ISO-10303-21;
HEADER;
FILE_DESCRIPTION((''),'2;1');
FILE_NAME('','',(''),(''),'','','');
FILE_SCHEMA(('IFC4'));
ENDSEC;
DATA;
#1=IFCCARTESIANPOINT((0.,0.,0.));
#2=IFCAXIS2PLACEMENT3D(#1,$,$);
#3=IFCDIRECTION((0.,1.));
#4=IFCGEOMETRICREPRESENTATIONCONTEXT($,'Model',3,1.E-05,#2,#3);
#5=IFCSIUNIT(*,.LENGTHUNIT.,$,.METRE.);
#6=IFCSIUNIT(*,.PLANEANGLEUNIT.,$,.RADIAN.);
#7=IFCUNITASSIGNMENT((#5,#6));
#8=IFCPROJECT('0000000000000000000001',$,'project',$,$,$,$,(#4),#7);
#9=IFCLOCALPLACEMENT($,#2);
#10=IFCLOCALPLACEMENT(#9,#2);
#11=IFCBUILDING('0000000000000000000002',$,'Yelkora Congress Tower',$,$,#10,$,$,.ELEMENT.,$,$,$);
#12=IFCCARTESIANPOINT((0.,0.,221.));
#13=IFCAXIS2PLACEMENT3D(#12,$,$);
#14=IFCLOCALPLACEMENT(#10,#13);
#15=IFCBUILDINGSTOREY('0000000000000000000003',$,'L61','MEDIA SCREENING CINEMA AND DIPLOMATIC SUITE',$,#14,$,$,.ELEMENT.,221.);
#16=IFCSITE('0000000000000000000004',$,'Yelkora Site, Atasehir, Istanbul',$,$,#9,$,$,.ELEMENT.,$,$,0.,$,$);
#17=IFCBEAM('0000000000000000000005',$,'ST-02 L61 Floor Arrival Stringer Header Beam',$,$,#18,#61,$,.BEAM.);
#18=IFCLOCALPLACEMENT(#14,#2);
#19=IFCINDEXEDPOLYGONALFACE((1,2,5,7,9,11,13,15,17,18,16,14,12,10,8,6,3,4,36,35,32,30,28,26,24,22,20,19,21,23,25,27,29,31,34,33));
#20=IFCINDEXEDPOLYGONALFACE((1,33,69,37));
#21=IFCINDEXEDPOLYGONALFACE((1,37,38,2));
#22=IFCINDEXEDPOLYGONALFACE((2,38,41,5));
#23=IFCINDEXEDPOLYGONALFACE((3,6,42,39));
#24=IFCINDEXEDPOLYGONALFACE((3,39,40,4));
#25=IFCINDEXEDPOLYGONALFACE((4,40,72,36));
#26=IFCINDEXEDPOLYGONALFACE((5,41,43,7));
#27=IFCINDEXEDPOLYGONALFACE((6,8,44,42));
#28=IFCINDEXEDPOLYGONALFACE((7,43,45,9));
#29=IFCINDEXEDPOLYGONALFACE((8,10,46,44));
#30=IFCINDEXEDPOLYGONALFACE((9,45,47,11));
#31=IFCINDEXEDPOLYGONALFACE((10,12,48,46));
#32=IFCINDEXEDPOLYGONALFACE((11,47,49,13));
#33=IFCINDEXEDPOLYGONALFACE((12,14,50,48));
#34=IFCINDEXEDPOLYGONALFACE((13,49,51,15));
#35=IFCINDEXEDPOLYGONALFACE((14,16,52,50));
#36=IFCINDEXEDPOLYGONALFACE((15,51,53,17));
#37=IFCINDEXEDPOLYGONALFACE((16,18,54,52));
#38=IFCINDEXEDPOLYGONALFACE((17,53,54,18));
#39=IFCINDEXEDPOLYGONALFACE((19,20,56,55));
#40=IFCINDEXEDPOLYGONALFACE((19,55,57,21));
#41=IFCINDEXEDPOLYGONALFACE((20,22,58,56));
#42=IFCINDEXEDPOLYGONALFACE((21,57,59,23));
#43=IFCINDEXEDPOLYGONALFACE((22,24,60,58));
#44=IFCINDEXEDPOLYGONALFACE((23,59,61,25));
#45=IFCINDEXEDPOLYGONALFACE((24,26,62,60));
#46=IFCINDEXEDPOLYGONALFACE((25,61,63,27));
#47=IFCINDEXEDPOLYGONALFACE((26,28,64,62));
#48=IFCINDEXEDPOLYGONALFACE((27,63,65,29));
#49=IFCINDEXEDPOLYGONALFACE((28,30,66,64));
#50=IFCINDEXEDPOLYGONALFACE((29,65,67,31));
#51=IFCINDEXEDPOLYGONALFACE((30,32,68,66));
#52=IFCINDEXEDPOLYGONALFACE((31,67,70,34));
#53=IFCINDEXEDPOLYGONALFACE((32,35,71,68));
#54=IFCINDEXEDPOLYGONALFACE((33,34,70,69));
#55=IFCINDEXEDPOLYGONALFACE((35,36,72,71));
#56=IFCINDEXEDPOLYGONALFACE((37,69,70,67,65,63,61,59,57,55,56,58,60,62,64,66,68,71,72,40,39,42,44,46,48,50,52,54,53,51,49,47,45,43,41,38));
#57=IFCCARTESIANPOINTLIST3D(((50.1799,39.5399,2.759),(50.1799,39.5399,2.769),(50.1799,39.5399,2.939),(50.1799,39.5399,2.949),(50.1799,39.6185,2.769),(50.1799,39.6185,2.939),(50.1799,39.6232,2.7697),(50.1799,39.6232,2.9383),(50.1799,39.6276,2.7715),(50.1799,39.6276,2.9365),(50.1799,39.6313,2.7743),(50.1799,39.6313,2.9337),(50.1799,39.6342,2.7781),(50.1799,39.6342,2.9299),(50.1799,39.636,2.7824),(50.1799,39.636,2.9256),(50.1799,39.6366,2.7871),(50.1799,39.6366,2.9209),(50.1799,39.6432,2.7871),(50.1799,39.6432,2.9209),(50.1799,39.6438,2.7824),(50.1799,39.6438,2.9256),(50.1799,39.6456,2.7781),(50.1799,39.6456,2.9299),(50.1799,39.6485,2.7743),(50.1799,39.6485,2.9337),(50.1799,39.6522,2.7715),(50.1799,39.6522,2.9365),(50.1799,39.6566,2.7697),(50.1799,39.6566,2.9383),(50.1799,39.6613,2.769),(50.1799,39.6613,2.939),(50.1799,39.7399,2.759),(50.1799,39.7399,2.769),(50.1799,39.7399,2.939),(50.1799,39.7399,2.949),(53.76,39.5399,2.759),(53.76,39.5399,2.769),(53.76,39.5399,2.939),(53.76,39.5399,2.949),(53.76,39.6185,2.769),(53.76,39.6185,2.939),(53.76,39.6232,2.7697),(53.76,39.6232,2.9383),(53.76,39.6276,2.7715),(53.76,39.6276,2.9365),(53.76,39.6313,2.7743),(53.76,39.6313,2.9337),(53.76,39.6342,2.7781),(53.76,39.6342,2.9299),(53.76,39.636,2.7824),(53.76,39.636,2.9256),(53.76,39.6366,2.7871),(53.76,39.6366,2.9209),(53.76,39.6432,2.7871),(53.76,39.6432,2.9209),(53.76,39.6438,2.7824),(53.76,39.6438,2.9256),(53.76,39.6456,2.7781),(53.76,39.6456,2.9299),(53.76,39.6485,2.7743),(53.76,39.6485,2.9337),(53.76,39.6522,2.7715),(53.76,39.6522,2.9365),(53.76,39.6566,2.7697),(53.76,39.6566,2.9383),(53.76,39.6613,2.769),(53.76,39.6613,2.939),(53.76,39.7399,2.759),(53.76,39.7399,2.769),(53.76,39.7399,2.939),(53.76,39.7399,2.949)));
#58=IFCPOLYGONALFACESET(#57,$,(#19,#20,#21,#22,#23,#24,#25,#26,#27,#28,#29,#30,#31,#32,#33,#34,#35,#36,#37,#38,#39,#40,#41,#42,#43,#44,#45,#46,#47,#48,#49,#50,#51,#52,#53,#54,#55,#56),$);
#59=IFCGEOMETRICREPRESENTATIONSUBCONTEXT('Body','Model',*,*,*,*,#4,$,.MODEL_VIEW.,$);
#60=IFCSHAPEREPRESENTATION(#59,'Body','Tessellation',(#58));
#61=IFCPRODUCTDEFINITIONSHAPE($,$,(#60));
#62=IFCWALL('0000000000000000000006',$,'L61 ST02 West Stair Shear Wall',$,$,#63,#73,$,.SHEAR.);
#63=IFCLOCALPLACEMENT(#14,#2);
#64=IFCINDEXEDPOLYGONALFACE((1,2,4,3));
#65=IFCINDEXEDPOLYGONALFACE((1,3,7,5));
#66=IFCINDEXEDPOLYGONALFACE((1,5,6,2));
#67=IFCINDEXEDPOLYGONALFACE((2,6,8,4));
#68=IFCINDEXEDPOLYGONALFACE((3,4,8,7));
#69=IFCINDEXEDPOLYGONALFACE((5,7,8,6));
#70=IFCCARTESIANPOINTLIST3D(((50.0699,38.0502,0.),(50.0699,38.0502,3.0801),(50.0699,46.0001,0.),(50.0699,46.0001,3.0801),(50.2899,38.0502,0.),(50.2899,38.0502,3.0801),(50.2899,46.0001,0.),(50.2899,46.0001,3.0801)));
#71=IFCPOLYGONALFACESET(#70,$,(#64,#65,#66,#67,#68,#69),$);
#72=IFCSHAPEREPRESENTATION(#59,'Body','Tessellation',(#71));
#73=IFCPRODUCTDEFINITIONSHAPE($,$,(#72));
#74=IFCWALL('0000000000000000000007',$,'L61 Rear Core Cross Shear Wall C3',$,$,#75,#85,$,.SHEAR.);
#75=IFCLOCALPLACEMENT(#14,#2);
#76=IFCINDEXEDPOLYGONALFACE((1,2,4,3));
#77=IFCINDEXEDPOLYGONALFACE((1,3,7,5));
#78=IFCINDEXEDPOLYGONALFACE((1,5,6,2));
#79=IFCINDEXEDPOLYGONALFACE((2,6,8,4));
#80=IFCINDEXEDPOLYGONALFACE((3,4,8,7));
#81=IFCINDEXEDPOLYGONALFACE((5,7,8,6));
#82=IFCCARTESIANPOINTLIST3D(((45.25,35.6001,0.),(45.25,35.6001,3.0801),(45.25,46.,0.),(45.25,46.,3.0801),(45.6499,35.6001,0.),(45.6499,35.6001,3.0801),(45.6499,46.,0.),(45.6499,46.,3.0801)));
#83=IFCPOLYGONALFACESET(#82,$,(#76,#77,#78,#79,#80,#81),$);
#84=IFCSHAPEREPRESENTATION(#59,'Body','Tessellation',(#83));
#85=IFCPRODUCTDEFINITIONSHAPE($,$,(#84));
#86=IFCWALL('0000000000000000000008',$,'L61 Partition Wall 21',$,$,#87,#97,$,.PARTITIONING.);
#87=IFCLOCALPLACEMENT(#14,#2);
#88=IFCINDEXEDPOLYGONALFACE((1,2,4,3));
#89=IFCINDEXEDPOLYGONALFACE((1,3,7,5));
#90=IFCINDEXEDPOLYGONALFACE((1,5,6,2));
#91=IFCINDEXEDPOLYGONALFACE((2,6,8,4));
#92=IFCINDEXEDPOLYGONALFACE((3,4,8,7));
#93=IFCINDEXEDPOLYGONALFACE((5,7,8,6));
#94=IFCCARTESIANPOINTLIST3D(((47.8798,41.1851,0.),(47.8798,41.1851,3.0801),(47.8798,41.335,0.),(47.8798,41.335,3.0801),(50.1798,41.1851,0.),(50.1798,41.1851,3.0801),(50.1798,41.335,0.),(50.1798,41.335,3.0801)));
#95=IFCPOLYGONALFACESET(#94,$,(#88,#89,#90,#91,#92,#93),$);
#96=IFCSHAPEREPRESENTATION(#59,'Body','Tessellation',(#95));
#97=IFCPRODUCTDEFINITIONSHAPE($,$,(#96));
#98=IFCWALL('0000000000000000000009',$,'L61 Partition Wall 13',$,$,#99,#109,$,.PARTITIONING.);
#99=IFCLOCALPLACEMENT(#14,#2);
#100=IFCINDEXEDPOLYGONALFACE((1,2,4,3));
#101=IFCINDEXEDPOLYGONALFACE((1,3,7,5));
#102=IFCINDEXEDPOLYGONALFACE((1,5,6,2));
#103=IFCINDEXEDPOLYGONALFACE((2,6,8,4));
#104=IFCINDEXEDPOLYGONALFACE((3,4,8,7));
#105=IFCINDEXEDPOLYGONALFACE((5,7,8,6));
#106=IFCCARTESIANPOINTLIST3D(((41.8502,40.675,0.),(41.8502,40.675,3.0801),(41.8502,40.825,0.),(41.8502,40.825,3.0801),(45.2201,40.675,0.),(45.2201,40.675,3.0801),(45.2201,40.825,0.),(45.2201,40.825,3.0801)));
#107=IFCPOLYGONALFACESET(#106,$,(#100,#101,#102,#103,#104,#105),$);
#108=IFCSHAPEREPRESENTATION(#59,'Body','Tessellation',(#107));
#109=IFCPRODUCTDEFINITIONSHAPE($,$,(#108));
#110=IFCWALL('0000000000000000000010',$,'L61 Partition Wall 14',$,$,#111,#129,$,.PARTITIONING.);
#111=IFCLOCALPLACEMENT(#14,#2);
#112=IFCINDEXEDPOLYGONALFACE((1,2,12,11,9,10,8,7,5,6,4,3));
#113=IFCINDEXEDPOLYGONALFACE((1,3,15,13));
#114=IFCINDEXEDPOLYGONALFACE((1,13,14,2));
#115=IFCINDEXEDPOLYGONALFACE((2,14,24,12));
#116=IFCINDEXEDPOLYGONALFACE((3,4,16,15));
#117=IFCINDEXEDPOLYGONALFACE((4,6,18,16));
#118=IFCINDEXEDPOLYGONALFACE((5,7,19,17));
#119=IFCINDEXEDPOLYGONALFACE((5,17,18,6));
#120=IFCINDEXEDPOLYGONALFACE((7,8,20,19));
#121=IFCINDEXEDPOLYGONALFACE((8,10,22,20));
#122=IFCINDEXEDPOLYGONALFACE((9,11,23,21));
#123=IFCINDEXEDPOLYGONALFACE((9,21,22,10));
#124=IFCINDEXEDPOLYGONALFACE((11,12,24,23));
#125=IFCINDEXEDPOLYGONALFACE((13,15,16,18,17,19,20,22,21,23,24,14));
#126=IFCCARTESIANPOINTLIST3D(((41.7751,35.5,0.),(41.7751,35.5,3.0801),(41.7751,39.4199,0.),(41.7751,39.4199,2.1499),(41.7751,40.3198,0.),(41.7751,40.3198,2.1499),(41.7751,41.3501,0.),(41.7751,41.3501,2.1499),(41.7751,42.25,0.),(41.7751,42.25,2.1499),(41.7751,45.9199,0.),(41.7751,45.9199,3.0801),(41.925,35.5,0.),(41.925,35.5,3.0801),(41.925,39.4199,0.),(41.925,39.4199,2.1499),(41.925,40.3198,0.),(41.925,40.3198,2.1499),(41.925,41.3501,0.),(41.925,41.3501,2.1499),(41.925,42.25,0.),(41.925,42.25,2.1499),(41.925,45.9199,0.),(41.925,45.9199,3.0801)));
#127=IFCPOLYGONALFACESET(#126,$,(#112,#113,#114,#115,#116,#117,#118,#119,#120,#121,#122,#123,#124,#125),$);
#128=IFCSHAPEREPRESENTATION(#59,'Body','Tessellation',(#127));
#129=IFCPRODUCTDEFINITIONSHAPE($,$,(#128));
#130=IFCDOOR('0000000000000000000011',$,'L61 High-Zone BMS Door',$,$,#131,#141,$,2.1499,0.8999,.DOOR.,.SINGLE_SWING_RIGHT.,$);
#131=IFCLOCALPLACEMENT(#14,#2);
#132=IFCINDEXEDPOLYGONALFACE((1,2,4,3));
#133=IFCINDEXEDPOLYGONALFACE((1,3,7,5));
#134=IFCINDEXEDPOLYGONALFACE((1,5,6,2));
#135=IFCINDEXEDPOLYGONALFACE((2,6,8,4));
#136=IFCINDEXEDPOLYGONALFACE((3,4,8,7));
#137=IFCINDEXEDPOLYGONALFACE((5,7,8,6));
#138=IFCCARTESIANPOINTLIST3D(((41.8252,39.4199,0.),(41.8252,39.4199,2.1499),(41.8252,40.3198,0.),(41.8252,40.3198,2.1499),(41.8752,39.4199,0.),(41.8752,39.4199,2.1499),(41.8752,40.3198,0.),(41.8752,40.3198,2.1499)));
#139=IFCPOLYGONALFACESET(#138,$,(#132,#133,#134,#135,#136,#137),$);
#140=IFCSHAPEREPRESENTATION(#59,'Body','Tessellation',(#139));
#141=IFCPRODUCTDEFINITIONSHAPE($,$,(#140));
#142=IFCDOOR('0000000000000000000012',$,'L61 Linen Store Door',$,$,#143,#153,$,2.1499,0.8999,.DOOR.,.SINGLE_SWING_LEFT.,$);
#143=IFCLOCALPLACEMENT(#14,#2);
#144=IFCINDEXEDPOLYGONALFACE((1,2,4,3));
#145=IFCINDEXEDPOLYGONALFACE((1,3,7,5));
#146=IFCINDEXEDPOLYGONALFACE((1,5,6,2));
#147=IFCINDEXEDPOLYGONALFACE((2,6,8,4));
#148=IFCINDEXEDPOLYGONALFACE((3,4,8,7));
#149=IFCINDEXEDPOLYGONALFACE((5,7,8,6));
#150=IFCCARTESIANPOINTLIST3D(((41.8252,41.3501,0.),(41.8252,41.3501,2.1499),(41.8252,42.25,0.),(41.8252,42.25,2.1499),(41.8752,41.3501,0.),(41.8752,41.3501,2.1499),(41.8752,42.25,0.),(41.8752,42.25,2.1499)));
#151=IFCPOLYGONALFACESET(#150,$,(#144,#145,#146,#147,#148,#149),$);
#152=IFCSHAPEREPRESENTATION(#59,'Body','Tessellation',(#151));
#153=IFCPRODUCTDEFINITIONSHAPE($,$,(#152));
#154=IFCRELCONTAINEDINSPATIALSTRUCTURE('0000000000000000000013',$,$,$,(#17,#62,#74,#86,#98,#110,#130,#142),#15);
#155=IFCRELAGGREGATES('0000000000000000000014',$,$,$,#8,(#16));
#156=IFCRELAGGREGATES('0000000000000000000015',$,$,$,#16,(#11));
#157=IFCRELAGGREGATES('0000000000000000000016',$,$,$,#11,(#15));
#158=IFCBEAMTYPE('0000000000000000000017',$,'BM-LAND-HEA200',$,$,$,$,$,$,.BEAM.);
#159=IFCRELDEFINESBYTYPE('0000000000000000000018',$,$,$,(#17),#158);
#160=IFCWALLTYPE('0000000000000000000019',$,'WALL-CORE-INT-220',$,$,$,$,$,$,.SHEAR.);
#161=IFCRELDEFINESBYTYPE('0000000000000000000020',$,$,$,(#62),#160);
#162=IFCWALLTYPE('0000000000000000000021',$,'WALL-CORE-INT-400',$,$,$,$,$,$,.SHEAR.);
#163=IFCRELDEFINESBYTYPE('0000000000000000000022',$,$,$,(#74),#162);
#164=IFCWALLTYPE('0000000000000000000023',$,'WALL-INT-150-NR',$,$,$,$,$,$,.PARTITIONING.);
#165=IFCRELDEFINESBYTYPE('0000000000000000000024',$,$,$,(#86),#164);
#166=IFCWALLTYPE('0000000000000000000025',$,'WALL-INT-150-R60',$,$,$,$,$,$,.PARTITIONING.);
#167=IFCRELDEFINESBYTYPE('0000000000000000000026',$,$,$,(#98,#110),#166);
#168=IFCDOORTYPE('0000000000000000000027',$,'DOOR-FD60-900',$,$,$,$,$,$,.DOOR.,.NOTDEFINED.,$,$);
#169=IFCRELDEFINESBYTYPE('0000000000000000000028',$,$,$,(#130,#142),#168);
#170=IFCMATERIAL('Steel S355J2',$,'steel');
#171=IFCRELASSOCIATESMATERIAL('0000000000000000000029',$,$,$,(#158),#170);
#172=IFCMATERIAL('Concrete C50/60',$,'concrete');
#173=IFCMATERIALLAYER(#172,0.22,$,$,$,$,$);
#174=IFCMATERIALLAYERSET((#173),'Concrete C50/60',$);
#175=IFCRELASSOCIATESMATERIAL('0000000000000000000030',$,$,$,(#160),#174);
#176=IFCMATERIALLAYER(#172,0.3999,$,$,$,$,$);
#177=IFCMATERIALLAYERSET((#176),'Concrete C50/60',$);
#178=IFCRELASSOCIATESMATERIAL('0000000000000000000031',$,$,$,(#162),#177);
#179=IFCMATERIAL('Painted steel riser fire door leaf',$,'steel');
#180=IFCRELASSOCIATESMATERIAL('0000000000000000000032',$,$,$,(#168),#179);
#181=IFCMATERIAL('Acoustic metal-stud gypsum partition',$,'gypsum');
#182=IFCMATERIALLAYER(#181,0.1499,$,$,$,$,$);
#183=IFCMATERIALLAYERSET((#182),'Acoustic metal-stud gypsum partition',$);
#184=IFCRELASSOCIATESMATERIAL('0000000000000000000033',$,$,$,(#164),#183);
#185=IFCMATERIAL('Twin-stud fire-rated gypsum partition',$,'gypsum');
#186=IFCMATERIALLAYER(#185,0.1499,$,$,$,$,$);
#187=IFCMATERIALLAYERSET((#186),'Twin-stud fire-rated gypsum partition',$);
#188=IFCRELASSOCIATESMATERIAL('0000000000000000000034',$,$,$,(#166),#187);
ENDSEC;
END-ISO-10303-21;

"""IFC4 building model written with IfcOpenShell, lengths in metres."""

from ifc_helpers import new_model, si_unit, direction, frame, frame_2d, origin, origin_2d, place, context, subcontext, project, spatial, rectangle, i_section, extrude, material, layer, layer_set, material_profile, profile_set, type_object, element, fill, save


model = new_model("IFC4")

# Units and contexts
model_context = context("Model", 3, precision=1e-05, world=origin(), true_north=direction((0.0, 1.0)))
body_context = subcontext(model_context, "Body", "Model", "MODEL_VIEW")
ifc_project = project(units=[si_unit("LENGTHUNIT", "METRE"), si_unit("PLANEANGLEUNIT", "RADIAN")], contexts=[model_context])

# Site, building, storey
site_placement = place(None, origin())
site = spatial("IfcSite", under=ifc_project, at=site_placement, Name="Yelkora Site, Atasehir, Istanbul", CompositionType="ELEMENT", RefElevation=0.0)
building_placement = place(site_placement, origin())
building = spatial("IfcBuilding", under=site, at=building_placement, Name="Yelkora Congress Tower", CompositionType="ELEMENT")
storey_placement = place(building_placement, frame((0.0, 0.0, 221.0)))
storey = spatial("IfcBuildingStorey", under=building, at=storey_placement, Name="L61", Description="MEDIA SCREENING CINEMA AND DIPLOMATIC SUITE", CompositionType="ELEMENT", Elevation=221.0)

# Beam
ifc_material_1 = material(Name="Steel S355J2", Category="steel")
ifc_material_profile_1 = material_profile(ifc_material_1, i_section(OverallWidth=0.2, OverallDepth=0.1899, WebThickness=0.0066, FlangeThickness=0.01, FilletRadius=0.0181, at=origin_2d()), Name="HEA 200")
ifc_profile_set_1 = profile_set([ifc_material_profile_1], Name="Steel S355J2")
beam_type_1 = type_object("IfcBeamType", Name="BM-LAND-HEA200", PredefinedType="BEAM", material=ifc_profile_set_1)
beam_1_placement = place(storey_placement, frame((50.1799, 39.6399, 2.854), z_axis=(1.0, 0.0, 0.0), x_axis=(0.0, 1.0, 0.0)))
element("IfcBeam", 1, at=beam_1_placement, inside=storey, type_object=beam_type_1, Name="ST-02 L61 Floor Arrival Stringer Header Beam", PredefinedType="BEAM", context=body_context, shape_type="SweptSolid", body=[
    extrude(i_section(OverallWidth=0.2, OverallDepth=0.1899, WebThickness=0.0066, FlangeThickness=0.01, FilletRadius=0.0181, at=origin_2d()), origin(), (0.0, 0.0, 1.0), 3.5801),
])

# Wall
ifc_material_2 = material(Name="Concrete C50/60", Category="concrete")
ifc_layer_1 = layer(ifc_material_2, 0.22)
ifc_layer_set_1 = layer_set([ifc_layer_1], Name="Concrete C50/60")
wall_type_1 = type_object("IfcWallType", Name="WALL-CORE-INT-220", PredefinedType="SHEAR", material=ifc_layer_set_1)
wall_1_placement = place(storey_placement, frame((50.1799, 38.05, 0.0), z_axis=(0.0, 0.0, 1.0), x_axis=(0.0, 1.0, 0.0)))
element("IfcWall", 2, at=wall_1_placement, inside=storey, type_object=wall_type_1, Name="L61 ST02 West Stair Shear Wall", PredefinedType="SHEAR", context=body_context, shape_type="SweptSolid", body=[
    extrude(rectangle(XDim=7.95, YDim=0.22, at=frame_2d((3.9751, 0.0))), origin(), (0.0, 0.0, 1.0), 3.0801),
])

# Shared definitions
ifc_layer_2 = layer(ifc_material_2, 0.3999)
ifc_layer_set_2 = layer_set([ifc_layer_2], Name="Concrete C50/60")
wall_type_2 = type_object("IfcWallType", Name="WALL-CORE-INT-400", PredefinedType="SHEAR", material=ifc_layer_set_2)
ifc_material_3 = material(Name="Painted steel riser fire door leaf", Category="steel")
door_type_1 = type_object("IfcDoorType", Name="DOOR-FD60-900", OperationType="NOTDEFINED", PredefinedType="DOOR", material=ifc_material_3)

# Walls
wall_2_placement = place(storey_placement, frame((45.45, 35.6001, 0.0), z_axis=(0.0, 0.0, 1.0), x_axis=(0.0, 1.0, 0.0)))
element("IfcWall", 3, at=wall_2_placement, inside=storey, type_object=wall_type_2, Name="L61 Rear Core Cross Shear Wall C3", PredefinedType="SHEAR", context=body_context, shape_type="SweptSolid", body=[
    extrude(rectangle(XDim=10.3999, YDim=0.3999, at=frame_2d((5.2, 0.0))), origin(), (0.0, 0.0, 1.0), 3.0801),
])
ifc_material_4 = material(Name="Acoustic metal-stud gypsum partition", Category="gypsum")
ifc_layer_3 = layer(ifc_material_4, 0.1499)
ifc_layer_set_3 = layer_set([ifc_layer_3], Name="Acoustic metal-stud gypsum partition")
wall_type_3 = type_object("IfcWallType", Name="WALL-INT-150-NR", PredefinedType="PARTITIONING", material=ifc_layer_set_3)
wall_3_placement = place(storey_placement, frame((47.8799, 41.26, 0.0), z_axis=(0.0, 0.0, 1.0), x_axis=(1.0, 0.0, 0.0)))
element("IfcWall", 4, at=wall_3_placement, inside=storey, type_object=wall_type_3, Name="L61 Partition Wall 21", PredefinedType="PARTITIONING", context=body_context, shape_type="SweptSolid", body=[
    extrude(rectangle(XDim=2.3, YDim=0.1499, at=frame_2d((1.1499, 0.0))), origin(), (0.0, 0.0, 1.0), 3.0801),
])

# Wall
ifc_material_5 = material(Name="Twin-stud fire-rated gypsum partition", Category="gypsum")
ifc_layer_4 = layer(ifc_material_5, 0.1499)
ifc_layer_set_4 = layer_set([ifc_layer_4], Name="Twin-stud fire-rated gypsum partition")
wall_type_4 = type_object("IfcWallType", Name="WALL-INT-150-R60", PredefinedType="PARTITIONING", material=ifc_layer_set_4)
wall_4_placement = place(storey_placement, frame((41.8501, 40.75, 0.0), z_axis=(0.0, 0.0, 1.0), x_axis=(1.0, 0.0, 0.0)))
element("IfcWall", 5, at=wall_4_placement, inside=storey, type_object=wall_type_4, Name="L61 Partition Wall 13", PredefinedType="PARTITIONING", context=body_context, shape_type="SweptSolid", body=[
    extrude(rectangle(XDim=3.3699, YDim=0.1499, at=frame_2d((1.6851, 0.0))), origin(), (0.0, 0.0, 1.0), 3.0801),
])

# Wall, openings, doors
wall_5_placement = place(storey_placement, frame((41.8501, 35.5, 0.0), z_axis=(0.0, 0.0, 1.0), x_axis=(0.0, 1.0, 0.0)))
wall_5 = element("IfcWall", 6, at=wall_5_placement, inside=storey, type_object=wall_type_4, Name="L61 Partition Wall 14", PredefinedType="PARTITIONING", context=body_context, shape_type="SweptSolid", body=[
    extrude(rectangle(XDim=10.4199, YDim=0.1499, at=frame_2d((5.21, 0.0))), origin(), (0.0, 0.0, 1.0), 3.0801),
])
opening_1_placement = place(wall_5_placement, frame((3.9199, 0.0, 0.0)))
opening_1 = element("IfcOpeningElement", 7, at=opening_1_placement, cuts=wall_5, PredefinedType="OPENING", context=body_context, shape_type="SweptSolid", body=[
    extrude(rectangle(XDim=0.8999, YDim=2.1499, at=frame_2d((0.45, 1.075))), frame((0.0, 0.085, 0.0), z_axis=(0.0, -1.0, 0.0), x_axis=(1.0, 0.0, 0.0)), (0.0, 0.0, 1.0), 0.1699),
])
opening_2_placement = place(wall_5_placement, frame((5.8501, 0.0, 0.0)))
opening_2 = element("IfcOpeningElement", 8, at=opening_2_placement, cuts=wall_5, PredefinedType="OPENING", context=body_context, shape_type="SweptSolid", body=[
    extrude(rectangle(XDim=0.8999, YDim=2.1499, at=frame_2d((0.45, 1.075))), frame((0.0, 0.085, 0.0), z_axis=(0.0, -1.0, 0.0), x_axis=(1.0, 0.0, 0.0)), (0.0, 0.0, 1.0), 0.1699),
])
door_1_placement = place(opening_1_placement, origin())
door_1 = element("IfcDoor", 9, at=door_1_placement, inside=storey, type_object=door_type_1, Name="L61 High-Zone BMS Door", OperationType="SINGLE_SWING_RIGHT", OverallHeight=2.1499, OverallWidth=0.8999, PredefinedType="DOOR", context=body_context, shape_type="SweptSolid", body=[
    extrude(rectangle(XDim=0.8999, YDim=2.1499, at=frame_2d((0.45, 1.075))), frame((0.0, 0.0249, 0.0), z_axis=(0.0, -1.0, 0.0), x_axis=(1.0, 0.0, 0.0)), (0.0, 0.0, 1.0), 0.05),
])
fill(opening_1, door_1)
door_2_placement = place(opening_2_placement, origin())
door_2 = element("IfcDoor", 10, at=door_2_placement, inside=storey, type_object=door_type_1, Name="L61 Linen Store Door", OperationType="SINGLE_SWING_LEFT", OverallHeight=2.1499, OverallWidth=0.8999, PredefinedType="DOOR", context=body_context, shape_type="SweptSolid", body=[
    extrude(rectangle(XDim=0.8999, YDim=2.1499, at=frame_2d((0.45, 1.075))), frame((0.0, 0.0249, 0.0), z_axis=(0.0, -1.0, 0.0), x_axis=(1.0, 0.0, 0.0)), (0.0, 0.0, 1.0), 0.05),
])
fill(opening_2, door_2)

save(model, "model.ifc")
